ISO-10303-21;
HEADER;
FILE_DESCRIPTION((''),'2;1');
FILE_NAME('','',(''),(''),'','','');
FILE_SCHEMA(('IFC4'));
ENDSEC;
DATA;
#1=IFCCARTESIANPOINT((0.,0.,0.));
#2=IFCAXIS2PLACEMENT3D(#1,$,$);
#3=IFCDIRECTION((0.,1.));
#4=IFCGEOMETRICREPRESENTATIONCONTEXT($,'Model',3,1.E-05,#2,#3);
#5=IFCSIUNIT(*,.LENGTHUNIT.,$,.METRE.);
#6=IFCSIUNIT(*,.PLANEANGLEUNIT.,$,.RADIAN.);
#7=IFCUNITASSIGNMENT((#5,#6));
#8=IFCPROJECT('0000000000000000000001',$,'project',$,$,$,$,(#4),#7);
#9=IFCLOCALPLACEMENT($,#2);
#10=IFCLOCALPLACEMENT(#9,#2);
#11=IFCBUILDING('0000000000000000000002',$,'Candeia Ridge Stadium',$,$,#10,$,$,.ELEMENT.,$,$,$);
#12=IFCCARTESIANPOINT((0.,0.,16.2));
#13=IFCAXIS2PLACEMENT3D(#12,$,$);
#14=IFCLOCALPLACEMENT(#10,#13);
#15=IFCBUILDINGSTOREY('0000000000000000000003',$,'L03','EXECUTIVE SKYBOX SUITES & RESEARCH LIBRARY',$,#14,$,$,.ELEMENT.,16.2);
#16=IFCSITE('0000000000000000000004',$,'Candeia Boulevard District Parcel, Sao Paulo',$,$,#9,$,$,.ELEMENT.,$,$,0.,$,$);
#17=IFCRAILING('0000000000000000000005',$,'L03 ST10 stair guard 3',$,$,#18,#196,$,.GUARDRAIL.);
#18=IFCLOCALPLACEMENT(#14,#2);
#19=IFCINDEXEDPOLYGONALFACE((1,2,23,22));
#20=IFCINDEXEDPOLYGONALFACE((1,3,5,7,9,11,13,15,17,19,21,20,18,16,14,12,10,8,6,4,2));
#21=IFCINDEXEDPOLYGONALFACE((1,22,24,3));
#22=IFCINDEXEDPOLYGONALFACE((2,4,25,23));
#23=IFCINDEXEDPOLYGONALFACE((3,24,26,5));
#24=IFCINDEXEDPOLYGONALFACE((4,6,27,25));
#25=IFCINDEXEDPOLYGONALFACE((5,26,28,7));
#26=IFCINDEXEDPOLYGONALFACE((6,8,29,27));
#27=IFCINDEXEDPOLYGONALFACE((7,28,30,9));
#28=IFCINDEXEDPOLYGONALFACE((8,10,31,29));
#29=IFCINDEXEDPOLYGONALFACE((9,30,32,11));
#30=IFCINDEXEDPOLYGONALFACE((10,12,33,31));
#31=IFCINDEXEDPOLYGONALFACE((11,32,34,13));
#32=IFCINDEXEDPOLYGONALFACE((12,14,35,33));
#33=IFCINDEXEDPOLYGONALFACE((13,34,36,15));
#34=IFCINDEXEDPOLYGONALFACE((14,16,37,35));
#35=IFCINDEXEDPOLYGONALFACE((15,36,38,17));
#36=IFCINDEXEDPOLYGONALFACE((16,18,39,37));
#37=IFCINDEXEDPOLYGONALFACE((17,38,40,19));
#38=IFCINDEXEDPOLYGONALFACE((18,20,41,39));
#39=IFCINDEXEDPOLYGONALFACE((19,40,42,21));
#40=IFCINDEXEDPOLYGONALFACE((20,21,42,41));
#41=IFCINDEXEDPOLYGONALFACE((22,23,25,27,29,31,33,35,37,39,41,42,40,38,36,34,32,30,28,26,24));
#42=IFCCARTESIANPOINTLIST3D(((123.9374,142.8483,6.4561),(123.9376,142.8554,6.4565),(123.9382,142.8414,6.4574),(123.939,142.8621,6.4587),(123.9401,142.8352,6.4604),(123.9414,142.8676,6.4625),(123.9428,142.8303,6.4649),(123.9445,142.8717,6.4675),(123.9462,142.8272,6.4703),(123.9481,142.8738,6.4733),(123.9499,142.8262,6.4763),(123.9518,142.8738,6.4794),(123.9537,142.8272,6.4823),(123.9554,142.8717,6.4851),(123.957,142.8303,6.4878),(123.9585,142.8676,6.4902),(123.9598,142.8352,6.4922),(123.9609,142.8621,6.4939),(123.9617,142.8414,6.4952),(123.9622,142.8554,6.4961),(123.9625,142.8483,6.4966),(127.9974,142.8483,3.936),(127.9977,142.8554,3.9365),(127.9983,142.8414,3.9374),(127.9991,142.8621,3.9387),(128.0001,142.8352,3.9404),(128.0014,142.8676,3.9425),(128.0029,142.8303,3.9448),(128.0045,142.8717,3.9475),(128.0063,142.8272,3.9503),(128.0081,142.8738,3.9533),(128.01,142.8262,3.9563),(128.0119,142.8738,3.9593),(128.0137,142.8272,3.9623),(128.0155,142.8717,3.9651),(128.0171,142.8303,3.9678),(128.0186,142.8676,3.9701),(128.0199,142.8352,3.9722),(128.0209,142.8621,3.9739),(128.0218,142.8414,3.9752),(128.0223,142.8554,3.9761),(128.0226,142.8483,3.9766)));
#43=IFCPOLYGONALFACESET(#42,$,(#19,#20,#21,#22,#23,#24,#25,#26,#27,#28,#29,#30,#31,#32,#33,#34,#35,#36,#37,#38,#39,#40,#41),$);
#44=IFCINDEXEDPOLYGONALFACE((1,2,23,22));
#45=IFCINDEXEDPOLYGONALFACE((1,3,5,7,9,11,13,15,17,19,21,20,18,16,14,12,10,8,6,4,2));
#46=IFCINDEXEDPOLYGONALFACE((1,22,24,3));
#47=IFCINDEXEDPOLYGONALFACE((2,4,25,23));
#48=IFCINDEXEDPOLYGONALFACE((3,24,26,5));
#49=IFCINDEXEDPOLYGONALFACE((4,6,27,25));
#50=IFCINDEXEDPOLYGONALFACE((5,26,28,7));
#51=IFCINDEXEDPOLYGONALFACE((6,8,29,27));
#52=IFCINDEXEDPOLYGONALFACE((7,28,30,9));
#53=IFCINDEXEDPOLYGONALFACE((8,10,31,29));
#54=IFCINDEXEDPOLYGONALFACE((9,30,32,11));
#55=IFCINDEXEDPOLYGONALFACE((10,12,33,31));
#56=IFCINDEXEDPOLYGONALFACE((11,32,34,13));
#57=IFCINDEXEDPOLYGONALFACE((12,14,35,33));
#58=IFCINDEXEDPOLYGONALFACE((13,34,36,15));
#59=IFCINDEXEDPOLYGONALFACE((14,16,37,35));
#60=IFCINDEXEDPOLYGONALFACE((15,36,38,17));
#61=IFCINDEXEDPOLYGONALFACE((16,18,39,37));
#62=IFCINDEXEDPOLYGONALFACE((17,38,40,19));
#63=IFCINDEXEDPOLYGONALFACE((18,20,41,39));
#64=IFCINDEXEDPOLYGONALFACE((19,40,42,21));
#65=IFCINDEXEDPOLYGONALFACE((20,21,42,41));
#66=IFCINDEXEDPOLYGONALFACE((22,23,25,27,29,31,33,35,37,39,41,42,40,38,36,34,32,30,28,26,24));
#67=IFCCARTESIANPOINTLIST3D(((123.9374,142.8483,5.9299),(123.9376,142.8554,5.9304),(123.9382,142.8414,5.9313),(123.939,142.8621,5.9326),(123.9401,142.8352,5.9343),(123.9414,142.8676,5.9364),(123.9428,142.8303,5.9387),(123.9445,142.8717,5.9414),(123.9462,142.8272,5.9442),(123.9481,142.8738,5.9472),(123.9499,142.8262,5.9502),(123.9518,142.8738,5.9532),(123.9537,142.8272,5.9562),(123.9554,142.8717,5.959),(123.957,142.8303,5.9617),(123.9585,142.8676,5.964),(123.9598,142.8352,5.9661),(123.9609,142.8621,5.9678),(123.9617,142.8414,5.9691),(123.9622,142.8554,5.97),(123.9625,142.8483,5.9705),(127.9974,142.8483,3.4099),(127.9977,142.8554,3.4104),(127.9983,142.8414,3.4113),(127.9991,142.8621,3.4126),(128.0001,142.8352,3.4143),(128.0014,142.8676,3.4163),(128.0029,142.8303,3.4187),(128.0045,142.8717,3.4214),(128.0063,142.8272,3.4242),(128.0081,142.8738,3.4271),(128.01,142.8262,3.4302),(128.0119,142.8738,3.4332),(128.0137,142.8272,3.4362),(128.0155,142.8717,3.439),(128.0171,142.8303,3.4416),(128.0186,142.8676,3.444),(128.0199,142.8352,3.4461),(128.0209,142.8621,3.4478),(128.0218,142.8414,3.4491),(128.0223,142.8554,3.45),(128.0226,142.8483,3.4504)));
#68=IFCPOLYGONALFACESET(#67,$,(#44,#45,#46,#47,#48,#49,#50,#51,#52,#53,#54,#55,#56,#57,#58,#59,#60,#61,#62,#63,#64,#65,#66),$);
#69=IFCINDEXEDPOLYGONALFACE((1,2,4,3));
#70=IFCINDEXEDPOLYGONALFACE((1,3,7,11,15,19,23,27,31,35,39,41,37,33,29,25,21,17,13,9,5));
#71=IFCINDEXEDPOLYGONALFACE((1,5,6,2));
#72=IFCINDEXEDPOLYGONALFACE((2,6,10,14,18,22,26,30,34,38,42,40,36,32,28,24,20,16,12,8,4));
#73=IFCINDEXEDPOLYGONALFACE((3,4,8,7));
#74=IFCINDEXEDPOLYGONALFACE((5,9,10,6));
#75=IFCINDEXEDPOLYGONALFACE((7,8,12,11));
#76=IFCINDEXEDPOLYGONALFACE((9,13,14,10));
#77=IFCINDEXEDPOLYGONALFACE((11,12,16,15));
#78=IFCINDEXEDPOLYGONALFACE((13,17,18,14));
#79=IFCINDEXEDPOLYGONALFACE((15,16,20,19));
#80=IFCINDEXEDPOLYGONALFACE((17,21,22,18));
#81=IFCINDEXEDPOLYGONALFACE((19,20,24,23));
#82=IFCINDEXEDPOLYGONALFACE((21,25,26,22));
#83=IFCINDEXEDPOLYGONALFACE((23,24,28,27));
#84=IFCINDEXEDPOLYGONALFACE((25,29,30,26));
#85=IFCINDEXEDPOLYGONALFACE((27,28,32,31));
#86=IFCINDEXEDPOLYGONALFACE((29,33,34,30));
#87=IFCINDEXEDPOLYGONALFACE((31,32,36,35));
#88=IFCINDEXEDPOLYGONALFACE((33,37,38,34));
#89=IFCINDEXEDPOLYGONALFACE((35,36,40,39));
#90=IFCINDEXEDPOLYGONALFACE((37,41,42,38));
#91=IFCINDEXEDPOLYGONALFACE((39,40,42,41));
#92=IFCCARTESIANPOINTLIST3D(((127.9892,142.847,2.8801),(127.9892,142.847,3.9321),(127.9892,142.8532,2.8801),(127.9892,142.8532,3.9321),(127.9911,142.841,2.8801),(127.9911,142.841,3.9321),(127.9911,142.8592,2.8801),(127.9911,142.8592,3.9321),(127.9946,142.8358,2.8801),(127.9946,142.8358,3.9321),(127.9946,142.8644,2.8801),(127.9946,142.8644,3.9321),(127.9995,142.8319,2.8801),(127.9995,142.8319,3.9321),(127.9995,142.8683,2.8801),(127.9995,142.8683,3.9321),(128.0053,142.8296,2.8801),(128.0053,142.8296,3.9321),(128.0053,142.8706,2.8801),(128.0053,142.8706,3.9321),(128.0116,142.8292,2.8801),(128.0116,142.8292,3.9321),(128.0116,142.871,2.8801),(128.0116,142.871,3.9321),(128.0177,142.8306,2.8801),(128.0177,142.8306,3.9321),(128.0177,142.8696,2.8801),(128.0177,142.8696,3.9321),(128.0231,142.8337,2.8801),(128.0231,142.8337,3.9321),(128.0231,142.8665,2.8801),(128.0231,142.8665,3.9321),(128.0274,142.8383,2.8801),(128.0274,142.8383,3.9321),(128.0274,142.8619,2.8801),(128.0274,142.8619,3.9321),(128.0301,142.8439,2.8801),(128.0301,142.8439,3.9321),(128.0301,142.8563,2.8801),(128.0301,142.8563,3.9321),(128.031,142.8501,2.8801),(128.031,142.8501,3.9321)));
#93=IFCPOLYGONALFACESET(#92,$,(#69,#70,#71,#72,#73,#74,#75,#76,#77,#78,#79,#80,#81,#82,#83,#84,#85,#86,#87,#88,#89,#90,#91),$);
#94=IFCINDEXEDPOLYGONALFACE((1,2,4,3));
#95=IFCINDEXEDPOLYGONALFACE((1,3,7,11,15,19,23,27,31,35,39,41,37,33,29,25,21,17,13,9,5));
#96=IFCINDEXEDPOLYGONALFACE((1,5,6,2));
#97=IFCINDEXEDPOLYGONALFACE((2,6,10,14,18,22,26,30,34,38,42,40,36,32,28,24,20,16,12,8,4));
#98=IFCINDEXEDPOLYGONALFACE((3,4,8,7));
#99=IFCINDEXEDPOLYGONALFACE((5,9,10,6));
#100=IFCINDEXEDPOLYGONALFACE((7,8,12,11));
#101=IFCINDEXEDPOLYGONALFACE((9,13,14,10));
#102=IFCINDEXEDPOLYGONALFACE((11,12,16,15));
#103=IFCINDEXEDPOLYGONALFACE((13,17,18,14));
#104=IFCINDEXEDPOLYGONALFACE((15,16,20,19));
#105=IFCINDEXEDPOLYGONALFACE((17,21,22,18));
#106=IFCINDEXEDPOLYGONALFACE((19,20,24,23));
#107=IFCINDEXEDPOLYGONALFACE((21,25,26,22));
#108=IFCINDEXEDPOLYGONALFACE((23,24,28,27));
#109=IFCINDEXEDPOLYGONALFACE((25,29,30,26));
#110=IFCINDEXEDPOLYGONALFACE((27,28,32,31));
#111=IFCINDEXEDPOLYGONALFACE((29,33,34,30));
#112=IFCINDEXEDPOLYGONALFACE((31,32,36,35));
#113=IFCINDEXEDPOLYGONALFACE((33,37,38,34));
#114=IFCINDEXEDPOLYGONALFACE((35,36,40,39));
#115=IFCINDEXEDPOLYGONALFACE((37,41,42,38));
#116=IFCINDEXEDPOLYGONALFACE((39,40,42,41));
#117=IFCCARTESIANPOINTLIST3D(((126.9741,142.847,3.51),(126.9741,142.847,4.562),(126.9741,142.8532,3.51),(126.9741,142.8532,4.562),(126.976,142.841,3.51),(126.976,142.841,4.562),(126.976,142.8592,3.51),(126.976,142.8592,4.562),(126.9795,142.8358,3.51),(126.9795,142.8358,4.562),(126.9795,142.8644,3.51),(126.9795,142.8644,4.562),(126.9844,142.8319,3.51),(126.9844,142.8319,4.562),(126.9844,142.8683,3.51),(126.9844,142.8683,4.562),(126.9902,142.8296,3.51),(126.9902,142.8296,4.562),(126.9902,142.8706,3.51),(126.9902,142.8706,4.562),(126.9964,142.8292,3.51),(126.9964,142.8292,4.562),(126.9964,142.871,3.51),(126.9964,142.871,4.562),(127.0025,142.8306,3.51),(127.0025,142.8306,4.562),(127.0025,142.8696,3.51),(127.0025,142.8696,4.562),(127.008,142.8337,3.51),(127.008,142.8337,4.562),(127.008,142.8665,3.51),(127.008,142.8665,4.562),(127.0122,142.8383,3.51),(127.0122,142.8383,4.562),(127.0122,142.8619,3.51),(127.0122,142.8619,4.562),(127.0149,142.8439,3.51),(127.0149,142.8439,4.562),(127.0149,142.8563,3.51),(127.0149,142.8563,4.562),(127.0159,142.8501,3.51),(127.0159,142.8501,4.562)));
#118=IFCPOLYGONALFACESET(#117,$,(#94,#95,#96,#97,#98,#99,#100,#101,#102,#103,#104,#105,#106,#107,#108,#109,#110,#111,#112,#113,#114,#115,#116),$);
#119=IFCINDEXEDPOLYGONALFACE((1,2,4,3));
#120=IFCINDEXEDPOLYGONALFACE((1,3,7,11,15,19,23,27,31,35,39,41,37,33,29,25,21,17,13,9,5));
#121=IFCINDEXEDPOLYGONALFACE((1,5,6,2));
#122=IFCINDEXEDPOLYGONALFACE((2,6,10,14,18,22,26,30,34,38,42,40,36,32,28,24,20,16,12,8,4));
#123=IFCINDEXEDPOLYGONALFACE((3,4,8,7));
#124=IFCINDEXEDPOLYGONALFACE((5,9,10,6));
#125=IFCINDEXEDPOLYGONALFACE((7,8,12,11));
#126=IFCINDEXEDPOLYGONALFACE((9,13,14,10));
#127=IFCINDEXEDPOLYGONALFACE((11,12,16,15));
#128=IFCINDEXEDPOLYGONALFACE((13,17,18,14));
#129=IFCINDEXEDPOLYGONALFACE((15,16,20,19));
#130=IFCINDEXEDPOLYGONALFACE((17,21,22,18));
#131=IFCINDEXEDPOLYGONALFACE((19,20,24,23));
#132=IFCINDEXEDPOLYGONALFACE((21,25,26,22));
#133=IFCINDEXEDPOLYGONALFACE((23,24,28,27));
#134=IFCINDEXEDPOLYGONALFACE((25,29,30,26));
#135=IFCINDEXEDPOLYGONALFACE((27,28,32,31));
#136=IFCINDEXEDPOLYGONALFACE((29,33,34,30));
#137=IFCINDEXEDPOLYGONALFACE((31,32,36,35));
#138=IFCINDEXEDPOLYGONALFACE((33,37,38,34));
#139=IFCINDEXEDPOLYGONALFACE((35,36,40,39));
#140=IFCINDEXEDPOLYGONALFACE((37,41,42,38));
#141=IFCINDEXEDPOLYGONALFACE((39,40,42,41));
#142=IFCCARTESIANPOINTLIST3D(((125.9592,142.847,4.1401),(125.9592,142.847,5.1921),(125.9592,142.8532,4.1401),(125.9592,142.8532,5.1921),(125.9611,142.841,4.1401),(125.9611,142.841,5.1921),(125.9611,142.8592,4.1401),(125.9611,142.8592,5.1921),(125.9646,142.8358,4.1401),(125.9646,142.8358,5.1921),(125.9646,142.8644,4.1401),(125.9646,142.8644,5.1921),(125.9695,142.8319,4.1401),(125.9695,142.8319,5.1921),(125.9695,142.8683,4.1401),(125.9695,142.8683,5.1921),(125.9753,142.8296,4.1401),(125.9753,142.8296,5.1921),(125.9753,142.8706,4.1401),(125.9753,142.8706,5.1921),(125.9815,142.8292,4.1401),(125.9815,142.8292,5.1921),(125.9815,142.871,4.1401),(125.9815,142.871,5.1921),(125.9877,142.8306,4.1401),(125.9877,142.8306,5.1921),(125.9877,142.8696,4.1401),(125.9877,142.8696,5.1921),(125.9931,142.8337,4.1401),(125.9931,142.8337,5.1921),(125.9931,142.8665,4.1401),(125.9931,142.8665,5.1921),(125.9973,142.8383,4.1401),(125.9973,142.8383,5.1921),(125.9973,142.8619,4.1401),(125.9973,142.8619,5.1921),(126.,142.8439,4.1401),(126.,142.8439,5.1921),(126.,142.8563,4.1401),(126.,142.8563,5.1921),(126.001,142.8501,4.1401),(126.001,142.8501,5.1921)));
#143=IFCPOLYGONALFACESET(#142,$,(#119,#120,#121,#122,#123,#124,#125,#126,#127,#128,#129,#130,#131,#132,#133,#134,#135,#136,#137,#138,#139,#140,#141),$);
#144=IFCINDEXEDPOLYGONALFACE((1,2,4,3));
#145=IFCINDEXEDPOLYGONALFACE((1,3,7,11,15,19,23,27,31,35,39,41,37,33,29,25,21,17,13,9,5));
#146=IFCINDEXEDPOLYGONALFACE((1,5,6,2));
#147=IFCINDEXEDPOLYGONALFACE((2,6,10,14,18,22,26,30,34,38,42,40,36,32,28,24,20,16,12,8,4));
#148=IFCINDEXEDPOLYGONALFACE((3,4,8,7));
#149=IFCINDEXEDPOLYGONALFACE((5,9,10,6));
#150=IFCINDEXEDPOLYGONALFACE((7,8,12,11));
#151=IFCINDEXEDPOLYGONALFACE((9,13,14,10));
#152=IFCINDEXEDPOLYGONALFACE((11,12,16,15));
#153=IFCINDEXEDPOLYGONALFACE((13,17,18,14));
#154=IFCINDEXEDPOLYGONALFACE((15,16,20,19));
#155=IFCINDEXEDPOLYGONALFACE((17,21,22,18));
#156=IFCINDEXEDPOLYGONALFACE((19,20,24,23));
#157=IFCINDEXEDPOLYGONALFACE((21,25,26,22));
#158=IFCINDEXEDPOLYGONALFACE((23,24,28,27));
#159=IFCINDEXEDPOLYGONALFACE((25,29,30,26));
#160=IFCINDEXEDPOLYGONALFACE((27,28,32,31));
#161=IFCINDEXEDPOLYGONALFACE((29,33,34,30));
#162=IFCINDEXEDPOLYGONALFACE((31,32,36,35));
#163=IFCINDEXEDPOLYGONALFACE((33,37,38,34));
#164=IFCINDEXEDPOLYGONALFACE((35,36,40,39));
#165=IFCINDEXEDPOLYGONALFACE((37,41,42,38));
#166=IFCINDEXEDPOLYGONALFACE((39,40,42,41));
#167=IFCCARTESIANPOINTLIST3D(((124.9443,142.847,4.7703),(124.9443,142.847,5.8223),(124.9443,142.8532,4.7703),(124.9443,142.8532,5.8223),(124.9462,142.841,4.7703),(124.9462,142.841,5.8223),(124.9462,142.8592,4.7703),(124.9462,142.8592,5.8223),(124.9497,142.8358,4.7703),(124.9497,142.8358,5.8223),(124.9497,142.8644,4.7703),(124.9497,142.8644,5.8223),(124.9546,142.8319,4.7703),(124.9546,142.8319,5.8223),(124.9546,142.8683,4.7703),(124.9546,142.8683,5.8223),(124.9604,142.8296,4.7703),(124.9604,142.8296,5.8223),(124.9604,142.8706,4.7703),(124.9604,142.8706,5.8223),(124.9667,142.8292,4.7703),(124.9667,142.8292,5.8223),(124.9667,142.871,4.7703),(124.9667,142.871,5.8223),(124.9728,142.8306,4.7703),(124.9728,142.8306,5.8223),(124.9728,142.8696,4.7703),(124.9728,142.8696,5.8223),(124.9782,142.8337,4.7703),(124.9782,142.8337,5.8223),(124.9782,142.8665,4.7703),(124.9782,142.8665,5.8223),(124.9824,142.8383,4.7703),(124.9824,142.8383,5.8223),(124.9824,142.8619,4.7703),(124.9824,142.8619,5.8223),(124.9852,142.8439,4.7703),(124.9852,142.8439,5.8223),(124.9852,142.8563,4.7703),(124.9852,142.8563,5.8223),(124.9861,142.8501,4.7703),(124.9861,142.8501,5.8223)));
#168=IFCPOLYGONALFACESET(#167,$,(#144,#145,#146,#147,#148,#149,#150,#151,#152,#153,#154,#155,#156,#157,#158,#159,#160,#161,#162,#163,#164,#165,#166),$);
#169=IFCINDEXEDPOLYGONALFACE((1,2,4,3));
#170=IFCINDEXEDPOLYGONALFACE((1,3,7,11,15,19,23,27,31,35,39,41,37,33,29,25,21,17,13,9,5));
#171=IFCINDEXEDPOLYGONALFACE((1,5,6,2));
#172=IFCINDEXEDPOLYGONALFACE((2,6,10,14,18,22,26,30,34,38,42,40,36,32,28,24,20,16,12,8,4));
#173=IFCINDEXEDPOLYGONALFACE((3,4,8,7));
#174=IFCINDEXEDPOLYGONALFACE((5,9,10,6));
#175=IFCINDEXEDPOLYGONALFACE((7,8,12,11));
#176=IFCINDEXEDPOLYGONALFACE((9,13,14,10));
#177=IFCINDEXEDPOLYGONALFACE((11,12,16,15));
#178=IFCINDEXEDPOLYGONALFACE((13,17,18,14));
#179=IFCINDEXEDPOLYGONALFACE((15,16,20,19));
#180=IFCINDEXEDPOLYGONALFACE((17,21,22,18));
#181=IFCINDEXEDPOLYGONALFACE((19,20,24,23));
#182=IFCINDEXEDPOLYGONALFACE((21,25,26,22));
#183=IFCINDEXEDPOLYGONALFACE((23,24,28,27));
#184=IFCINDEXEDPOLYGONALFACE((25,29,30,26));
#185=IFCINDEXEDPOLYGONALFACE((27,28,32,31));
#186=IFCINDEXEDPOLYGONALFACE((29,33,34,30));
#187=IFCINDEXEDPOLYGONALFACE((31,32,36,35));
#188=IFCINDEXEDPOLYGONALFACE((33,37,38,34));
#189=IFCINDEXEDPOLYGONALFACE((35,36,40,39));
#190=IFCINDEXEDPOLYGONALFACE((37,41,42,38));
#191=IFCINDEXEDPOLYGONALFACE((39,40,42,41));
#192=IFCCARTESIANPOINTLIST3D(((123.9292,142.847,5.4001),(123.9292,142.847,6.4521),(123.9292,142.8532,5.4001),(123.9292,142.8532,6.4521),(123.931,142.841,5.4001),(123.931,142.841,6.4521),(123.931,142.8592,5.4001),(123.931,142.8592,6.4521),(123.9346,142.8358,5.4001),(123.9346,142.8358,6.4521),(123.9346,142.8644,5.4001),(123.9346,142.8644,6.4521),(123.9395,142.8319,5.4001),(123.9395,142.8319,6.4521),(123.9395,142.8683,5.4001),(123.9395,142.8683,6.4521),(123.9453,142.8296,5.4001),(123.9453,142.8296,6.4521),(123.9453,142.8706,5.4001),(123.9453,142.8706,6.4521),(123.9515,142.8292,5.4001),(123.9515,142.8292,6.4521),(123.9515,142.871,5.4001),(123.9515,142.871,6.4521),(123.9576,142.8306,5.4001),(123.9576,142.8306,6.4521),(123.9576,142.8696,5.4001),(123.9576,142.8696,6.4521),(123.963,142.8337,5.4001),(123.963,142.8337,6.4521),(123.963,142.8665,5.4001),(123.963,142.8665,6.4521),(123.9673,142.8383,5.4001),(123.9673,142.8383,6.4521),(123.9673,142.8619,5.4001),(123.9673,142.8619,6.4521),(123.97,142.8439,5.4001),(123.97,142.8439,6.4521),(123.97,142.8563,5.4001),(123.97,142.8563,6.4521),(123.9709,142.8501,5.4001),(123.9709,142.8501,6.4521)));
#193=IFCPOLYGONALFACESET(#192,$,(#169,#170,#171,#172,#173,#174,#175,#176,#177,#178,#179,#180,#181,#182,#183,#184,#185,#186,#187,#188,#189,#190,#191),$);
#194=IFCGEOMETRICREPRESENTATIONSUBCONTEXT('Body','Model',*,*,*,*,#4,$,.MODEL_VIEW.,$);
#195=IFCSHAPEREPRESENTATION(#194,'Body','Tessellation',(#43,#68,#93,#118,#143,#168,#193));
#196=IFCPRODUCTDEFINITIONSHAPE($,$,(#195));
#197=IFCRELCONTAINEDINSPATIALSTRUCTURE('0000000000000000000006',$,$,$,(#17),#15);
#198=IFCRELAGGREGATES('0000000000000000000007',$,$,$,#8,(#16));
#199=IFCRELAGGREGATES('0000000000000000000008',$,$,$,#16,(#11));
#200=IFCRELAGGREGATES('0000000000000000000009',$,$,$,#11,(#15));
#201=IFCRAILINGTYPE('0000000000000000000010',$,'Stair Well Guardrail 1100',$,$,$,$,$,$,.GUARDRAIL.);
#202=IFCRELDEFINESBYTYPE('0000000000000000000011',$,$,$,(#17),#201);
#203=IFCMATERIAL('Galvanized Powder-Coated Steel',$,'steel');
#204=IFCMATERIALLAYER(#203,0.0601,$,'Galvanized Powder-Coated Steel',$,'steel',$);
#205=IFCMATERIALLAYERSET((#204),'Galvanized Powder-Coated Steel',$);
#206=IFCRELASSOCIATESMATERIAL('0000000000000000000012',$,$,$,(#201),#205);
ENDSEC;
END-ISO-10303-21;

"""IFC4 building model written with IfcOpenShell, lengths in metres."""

from ifc_helpers import new_model, si_unit, direction, frame, origin, origin_2d, place, context, subcontext, project, spatial, circle, extrude, material, layer, layer_set, type_object, element, save


model = new_model("IFC4")

# Units and contexts
model_context = context("Model", 3, precision=1e-05, world=origin(), true_north=direction((0.0, 1.0)))
body_context = subcontext(model_context, "Body", "Model", "MODEL_VIEW")
ifc_project = project(units=[si_unit("LENGTHUNIT", "METRE"), si_unit("PLANEANGLEUNIT", "RADIAN")], contexts=[model_context])

# Site, building, storey
site_placement = place(None, origin())
site = spatial("IfcSite", under=ifc_project, at=site_placement, Name="Candeia Boulevard District Parcel, Sao Paulo", CompositionType="ELEMENT", RefElevation=0.0)
building_placement = place(site_placement, origin())
building = spatial("IfcBuilding", under=site, at=building_placement, Name="Candeia Ridge Stadium", CompositionType="ELEMENT")
storey_placement = place(building_placement, frame((0.0, 0.0, 16.2)))
storey = spatial("IfcBuildingStorey", under=building, at=storey_placement, Name="L03", Description="EXECUTIVE SKYBOX SUITES & RESEARCH LIBRARY", CompositionType="ELEMENT", Elevation=16.2)

# Railing
ifc_material_1 = material(Name="Galvanized Powder-Coated Steel", Category="steel")
ifc_layer_1 = layer(ifc_material_1, 0.0601, Name="Galvanized Powder-Coated Steel", Category="steel")
ifc_layer_set_1 = layer_set([ifc_layer_1], Name="Galvanized Powder-Coated Steel")
railing_type_1 = type_object("IfcRailingType", Name="Stair Well Guardrail 1100", PredefinedType="GUARDRAIL", material=ifc_layer_set_1)
railing_1_placement = place(storey_placement, frame((128.01, 142.8501, 2.8801)))
element("IfcRailing", 1, at=railing_1_placement, inside=storey, type_object=railing_type_1, Name="L03 ST10 stair guard 3", PredefinedType="GUARDRAIL", context=body_context, shape_type="SweptSolid", body=[
    extrude(circle(Radius=0.0239, at=origin_2d()), frame((0.0, 0.0, 1.0762), z_axis=(-0.849642, 0.0, 0.52736), x_axis=(0.0, -1.0, 0.0)), (0.0, 0.0, 1.0), 4.7786),
    extrude(circle(Radius=0.0239, at=origin_2d()), frame((0.0, 0.0, 0.55), z_axis=(-0.849642, 0.0, 0.52736), x_axis=(0.0, -1.0, 0.0)), (0.0, 0.0, 1.0), 4.7786),
    extrude(circle(Radius=0.021, at=origin_2d()), origin(), (0.0, 0.0, 1.0), 1.052),
    extrude(circle(Radius=0.021, at=origin_2d()), frame((-1.0151, 0.0, 0.6299)), (0.0, 0.0, 1.0), 1.052),
    extrude(circle(Radius=0.021, at=origin_2d()), frame((-2.03, 0.0, 1.26)), (0.0, 0.0, 1.0), 1.052),
    extrude(circle(Radius=0.021, at=origin_2d()), frame((-3.0449, 0.0, 1.8901)), (0.0, 0.0, 1.0), 1.052),
    extrude(circle(Radius=0.021, at=origin_2d()), frame((-4.0601, 0.0, 2.52)), (0.0, 0.0, 1.0), 1.052),
])

save(model, "model.ifc")
